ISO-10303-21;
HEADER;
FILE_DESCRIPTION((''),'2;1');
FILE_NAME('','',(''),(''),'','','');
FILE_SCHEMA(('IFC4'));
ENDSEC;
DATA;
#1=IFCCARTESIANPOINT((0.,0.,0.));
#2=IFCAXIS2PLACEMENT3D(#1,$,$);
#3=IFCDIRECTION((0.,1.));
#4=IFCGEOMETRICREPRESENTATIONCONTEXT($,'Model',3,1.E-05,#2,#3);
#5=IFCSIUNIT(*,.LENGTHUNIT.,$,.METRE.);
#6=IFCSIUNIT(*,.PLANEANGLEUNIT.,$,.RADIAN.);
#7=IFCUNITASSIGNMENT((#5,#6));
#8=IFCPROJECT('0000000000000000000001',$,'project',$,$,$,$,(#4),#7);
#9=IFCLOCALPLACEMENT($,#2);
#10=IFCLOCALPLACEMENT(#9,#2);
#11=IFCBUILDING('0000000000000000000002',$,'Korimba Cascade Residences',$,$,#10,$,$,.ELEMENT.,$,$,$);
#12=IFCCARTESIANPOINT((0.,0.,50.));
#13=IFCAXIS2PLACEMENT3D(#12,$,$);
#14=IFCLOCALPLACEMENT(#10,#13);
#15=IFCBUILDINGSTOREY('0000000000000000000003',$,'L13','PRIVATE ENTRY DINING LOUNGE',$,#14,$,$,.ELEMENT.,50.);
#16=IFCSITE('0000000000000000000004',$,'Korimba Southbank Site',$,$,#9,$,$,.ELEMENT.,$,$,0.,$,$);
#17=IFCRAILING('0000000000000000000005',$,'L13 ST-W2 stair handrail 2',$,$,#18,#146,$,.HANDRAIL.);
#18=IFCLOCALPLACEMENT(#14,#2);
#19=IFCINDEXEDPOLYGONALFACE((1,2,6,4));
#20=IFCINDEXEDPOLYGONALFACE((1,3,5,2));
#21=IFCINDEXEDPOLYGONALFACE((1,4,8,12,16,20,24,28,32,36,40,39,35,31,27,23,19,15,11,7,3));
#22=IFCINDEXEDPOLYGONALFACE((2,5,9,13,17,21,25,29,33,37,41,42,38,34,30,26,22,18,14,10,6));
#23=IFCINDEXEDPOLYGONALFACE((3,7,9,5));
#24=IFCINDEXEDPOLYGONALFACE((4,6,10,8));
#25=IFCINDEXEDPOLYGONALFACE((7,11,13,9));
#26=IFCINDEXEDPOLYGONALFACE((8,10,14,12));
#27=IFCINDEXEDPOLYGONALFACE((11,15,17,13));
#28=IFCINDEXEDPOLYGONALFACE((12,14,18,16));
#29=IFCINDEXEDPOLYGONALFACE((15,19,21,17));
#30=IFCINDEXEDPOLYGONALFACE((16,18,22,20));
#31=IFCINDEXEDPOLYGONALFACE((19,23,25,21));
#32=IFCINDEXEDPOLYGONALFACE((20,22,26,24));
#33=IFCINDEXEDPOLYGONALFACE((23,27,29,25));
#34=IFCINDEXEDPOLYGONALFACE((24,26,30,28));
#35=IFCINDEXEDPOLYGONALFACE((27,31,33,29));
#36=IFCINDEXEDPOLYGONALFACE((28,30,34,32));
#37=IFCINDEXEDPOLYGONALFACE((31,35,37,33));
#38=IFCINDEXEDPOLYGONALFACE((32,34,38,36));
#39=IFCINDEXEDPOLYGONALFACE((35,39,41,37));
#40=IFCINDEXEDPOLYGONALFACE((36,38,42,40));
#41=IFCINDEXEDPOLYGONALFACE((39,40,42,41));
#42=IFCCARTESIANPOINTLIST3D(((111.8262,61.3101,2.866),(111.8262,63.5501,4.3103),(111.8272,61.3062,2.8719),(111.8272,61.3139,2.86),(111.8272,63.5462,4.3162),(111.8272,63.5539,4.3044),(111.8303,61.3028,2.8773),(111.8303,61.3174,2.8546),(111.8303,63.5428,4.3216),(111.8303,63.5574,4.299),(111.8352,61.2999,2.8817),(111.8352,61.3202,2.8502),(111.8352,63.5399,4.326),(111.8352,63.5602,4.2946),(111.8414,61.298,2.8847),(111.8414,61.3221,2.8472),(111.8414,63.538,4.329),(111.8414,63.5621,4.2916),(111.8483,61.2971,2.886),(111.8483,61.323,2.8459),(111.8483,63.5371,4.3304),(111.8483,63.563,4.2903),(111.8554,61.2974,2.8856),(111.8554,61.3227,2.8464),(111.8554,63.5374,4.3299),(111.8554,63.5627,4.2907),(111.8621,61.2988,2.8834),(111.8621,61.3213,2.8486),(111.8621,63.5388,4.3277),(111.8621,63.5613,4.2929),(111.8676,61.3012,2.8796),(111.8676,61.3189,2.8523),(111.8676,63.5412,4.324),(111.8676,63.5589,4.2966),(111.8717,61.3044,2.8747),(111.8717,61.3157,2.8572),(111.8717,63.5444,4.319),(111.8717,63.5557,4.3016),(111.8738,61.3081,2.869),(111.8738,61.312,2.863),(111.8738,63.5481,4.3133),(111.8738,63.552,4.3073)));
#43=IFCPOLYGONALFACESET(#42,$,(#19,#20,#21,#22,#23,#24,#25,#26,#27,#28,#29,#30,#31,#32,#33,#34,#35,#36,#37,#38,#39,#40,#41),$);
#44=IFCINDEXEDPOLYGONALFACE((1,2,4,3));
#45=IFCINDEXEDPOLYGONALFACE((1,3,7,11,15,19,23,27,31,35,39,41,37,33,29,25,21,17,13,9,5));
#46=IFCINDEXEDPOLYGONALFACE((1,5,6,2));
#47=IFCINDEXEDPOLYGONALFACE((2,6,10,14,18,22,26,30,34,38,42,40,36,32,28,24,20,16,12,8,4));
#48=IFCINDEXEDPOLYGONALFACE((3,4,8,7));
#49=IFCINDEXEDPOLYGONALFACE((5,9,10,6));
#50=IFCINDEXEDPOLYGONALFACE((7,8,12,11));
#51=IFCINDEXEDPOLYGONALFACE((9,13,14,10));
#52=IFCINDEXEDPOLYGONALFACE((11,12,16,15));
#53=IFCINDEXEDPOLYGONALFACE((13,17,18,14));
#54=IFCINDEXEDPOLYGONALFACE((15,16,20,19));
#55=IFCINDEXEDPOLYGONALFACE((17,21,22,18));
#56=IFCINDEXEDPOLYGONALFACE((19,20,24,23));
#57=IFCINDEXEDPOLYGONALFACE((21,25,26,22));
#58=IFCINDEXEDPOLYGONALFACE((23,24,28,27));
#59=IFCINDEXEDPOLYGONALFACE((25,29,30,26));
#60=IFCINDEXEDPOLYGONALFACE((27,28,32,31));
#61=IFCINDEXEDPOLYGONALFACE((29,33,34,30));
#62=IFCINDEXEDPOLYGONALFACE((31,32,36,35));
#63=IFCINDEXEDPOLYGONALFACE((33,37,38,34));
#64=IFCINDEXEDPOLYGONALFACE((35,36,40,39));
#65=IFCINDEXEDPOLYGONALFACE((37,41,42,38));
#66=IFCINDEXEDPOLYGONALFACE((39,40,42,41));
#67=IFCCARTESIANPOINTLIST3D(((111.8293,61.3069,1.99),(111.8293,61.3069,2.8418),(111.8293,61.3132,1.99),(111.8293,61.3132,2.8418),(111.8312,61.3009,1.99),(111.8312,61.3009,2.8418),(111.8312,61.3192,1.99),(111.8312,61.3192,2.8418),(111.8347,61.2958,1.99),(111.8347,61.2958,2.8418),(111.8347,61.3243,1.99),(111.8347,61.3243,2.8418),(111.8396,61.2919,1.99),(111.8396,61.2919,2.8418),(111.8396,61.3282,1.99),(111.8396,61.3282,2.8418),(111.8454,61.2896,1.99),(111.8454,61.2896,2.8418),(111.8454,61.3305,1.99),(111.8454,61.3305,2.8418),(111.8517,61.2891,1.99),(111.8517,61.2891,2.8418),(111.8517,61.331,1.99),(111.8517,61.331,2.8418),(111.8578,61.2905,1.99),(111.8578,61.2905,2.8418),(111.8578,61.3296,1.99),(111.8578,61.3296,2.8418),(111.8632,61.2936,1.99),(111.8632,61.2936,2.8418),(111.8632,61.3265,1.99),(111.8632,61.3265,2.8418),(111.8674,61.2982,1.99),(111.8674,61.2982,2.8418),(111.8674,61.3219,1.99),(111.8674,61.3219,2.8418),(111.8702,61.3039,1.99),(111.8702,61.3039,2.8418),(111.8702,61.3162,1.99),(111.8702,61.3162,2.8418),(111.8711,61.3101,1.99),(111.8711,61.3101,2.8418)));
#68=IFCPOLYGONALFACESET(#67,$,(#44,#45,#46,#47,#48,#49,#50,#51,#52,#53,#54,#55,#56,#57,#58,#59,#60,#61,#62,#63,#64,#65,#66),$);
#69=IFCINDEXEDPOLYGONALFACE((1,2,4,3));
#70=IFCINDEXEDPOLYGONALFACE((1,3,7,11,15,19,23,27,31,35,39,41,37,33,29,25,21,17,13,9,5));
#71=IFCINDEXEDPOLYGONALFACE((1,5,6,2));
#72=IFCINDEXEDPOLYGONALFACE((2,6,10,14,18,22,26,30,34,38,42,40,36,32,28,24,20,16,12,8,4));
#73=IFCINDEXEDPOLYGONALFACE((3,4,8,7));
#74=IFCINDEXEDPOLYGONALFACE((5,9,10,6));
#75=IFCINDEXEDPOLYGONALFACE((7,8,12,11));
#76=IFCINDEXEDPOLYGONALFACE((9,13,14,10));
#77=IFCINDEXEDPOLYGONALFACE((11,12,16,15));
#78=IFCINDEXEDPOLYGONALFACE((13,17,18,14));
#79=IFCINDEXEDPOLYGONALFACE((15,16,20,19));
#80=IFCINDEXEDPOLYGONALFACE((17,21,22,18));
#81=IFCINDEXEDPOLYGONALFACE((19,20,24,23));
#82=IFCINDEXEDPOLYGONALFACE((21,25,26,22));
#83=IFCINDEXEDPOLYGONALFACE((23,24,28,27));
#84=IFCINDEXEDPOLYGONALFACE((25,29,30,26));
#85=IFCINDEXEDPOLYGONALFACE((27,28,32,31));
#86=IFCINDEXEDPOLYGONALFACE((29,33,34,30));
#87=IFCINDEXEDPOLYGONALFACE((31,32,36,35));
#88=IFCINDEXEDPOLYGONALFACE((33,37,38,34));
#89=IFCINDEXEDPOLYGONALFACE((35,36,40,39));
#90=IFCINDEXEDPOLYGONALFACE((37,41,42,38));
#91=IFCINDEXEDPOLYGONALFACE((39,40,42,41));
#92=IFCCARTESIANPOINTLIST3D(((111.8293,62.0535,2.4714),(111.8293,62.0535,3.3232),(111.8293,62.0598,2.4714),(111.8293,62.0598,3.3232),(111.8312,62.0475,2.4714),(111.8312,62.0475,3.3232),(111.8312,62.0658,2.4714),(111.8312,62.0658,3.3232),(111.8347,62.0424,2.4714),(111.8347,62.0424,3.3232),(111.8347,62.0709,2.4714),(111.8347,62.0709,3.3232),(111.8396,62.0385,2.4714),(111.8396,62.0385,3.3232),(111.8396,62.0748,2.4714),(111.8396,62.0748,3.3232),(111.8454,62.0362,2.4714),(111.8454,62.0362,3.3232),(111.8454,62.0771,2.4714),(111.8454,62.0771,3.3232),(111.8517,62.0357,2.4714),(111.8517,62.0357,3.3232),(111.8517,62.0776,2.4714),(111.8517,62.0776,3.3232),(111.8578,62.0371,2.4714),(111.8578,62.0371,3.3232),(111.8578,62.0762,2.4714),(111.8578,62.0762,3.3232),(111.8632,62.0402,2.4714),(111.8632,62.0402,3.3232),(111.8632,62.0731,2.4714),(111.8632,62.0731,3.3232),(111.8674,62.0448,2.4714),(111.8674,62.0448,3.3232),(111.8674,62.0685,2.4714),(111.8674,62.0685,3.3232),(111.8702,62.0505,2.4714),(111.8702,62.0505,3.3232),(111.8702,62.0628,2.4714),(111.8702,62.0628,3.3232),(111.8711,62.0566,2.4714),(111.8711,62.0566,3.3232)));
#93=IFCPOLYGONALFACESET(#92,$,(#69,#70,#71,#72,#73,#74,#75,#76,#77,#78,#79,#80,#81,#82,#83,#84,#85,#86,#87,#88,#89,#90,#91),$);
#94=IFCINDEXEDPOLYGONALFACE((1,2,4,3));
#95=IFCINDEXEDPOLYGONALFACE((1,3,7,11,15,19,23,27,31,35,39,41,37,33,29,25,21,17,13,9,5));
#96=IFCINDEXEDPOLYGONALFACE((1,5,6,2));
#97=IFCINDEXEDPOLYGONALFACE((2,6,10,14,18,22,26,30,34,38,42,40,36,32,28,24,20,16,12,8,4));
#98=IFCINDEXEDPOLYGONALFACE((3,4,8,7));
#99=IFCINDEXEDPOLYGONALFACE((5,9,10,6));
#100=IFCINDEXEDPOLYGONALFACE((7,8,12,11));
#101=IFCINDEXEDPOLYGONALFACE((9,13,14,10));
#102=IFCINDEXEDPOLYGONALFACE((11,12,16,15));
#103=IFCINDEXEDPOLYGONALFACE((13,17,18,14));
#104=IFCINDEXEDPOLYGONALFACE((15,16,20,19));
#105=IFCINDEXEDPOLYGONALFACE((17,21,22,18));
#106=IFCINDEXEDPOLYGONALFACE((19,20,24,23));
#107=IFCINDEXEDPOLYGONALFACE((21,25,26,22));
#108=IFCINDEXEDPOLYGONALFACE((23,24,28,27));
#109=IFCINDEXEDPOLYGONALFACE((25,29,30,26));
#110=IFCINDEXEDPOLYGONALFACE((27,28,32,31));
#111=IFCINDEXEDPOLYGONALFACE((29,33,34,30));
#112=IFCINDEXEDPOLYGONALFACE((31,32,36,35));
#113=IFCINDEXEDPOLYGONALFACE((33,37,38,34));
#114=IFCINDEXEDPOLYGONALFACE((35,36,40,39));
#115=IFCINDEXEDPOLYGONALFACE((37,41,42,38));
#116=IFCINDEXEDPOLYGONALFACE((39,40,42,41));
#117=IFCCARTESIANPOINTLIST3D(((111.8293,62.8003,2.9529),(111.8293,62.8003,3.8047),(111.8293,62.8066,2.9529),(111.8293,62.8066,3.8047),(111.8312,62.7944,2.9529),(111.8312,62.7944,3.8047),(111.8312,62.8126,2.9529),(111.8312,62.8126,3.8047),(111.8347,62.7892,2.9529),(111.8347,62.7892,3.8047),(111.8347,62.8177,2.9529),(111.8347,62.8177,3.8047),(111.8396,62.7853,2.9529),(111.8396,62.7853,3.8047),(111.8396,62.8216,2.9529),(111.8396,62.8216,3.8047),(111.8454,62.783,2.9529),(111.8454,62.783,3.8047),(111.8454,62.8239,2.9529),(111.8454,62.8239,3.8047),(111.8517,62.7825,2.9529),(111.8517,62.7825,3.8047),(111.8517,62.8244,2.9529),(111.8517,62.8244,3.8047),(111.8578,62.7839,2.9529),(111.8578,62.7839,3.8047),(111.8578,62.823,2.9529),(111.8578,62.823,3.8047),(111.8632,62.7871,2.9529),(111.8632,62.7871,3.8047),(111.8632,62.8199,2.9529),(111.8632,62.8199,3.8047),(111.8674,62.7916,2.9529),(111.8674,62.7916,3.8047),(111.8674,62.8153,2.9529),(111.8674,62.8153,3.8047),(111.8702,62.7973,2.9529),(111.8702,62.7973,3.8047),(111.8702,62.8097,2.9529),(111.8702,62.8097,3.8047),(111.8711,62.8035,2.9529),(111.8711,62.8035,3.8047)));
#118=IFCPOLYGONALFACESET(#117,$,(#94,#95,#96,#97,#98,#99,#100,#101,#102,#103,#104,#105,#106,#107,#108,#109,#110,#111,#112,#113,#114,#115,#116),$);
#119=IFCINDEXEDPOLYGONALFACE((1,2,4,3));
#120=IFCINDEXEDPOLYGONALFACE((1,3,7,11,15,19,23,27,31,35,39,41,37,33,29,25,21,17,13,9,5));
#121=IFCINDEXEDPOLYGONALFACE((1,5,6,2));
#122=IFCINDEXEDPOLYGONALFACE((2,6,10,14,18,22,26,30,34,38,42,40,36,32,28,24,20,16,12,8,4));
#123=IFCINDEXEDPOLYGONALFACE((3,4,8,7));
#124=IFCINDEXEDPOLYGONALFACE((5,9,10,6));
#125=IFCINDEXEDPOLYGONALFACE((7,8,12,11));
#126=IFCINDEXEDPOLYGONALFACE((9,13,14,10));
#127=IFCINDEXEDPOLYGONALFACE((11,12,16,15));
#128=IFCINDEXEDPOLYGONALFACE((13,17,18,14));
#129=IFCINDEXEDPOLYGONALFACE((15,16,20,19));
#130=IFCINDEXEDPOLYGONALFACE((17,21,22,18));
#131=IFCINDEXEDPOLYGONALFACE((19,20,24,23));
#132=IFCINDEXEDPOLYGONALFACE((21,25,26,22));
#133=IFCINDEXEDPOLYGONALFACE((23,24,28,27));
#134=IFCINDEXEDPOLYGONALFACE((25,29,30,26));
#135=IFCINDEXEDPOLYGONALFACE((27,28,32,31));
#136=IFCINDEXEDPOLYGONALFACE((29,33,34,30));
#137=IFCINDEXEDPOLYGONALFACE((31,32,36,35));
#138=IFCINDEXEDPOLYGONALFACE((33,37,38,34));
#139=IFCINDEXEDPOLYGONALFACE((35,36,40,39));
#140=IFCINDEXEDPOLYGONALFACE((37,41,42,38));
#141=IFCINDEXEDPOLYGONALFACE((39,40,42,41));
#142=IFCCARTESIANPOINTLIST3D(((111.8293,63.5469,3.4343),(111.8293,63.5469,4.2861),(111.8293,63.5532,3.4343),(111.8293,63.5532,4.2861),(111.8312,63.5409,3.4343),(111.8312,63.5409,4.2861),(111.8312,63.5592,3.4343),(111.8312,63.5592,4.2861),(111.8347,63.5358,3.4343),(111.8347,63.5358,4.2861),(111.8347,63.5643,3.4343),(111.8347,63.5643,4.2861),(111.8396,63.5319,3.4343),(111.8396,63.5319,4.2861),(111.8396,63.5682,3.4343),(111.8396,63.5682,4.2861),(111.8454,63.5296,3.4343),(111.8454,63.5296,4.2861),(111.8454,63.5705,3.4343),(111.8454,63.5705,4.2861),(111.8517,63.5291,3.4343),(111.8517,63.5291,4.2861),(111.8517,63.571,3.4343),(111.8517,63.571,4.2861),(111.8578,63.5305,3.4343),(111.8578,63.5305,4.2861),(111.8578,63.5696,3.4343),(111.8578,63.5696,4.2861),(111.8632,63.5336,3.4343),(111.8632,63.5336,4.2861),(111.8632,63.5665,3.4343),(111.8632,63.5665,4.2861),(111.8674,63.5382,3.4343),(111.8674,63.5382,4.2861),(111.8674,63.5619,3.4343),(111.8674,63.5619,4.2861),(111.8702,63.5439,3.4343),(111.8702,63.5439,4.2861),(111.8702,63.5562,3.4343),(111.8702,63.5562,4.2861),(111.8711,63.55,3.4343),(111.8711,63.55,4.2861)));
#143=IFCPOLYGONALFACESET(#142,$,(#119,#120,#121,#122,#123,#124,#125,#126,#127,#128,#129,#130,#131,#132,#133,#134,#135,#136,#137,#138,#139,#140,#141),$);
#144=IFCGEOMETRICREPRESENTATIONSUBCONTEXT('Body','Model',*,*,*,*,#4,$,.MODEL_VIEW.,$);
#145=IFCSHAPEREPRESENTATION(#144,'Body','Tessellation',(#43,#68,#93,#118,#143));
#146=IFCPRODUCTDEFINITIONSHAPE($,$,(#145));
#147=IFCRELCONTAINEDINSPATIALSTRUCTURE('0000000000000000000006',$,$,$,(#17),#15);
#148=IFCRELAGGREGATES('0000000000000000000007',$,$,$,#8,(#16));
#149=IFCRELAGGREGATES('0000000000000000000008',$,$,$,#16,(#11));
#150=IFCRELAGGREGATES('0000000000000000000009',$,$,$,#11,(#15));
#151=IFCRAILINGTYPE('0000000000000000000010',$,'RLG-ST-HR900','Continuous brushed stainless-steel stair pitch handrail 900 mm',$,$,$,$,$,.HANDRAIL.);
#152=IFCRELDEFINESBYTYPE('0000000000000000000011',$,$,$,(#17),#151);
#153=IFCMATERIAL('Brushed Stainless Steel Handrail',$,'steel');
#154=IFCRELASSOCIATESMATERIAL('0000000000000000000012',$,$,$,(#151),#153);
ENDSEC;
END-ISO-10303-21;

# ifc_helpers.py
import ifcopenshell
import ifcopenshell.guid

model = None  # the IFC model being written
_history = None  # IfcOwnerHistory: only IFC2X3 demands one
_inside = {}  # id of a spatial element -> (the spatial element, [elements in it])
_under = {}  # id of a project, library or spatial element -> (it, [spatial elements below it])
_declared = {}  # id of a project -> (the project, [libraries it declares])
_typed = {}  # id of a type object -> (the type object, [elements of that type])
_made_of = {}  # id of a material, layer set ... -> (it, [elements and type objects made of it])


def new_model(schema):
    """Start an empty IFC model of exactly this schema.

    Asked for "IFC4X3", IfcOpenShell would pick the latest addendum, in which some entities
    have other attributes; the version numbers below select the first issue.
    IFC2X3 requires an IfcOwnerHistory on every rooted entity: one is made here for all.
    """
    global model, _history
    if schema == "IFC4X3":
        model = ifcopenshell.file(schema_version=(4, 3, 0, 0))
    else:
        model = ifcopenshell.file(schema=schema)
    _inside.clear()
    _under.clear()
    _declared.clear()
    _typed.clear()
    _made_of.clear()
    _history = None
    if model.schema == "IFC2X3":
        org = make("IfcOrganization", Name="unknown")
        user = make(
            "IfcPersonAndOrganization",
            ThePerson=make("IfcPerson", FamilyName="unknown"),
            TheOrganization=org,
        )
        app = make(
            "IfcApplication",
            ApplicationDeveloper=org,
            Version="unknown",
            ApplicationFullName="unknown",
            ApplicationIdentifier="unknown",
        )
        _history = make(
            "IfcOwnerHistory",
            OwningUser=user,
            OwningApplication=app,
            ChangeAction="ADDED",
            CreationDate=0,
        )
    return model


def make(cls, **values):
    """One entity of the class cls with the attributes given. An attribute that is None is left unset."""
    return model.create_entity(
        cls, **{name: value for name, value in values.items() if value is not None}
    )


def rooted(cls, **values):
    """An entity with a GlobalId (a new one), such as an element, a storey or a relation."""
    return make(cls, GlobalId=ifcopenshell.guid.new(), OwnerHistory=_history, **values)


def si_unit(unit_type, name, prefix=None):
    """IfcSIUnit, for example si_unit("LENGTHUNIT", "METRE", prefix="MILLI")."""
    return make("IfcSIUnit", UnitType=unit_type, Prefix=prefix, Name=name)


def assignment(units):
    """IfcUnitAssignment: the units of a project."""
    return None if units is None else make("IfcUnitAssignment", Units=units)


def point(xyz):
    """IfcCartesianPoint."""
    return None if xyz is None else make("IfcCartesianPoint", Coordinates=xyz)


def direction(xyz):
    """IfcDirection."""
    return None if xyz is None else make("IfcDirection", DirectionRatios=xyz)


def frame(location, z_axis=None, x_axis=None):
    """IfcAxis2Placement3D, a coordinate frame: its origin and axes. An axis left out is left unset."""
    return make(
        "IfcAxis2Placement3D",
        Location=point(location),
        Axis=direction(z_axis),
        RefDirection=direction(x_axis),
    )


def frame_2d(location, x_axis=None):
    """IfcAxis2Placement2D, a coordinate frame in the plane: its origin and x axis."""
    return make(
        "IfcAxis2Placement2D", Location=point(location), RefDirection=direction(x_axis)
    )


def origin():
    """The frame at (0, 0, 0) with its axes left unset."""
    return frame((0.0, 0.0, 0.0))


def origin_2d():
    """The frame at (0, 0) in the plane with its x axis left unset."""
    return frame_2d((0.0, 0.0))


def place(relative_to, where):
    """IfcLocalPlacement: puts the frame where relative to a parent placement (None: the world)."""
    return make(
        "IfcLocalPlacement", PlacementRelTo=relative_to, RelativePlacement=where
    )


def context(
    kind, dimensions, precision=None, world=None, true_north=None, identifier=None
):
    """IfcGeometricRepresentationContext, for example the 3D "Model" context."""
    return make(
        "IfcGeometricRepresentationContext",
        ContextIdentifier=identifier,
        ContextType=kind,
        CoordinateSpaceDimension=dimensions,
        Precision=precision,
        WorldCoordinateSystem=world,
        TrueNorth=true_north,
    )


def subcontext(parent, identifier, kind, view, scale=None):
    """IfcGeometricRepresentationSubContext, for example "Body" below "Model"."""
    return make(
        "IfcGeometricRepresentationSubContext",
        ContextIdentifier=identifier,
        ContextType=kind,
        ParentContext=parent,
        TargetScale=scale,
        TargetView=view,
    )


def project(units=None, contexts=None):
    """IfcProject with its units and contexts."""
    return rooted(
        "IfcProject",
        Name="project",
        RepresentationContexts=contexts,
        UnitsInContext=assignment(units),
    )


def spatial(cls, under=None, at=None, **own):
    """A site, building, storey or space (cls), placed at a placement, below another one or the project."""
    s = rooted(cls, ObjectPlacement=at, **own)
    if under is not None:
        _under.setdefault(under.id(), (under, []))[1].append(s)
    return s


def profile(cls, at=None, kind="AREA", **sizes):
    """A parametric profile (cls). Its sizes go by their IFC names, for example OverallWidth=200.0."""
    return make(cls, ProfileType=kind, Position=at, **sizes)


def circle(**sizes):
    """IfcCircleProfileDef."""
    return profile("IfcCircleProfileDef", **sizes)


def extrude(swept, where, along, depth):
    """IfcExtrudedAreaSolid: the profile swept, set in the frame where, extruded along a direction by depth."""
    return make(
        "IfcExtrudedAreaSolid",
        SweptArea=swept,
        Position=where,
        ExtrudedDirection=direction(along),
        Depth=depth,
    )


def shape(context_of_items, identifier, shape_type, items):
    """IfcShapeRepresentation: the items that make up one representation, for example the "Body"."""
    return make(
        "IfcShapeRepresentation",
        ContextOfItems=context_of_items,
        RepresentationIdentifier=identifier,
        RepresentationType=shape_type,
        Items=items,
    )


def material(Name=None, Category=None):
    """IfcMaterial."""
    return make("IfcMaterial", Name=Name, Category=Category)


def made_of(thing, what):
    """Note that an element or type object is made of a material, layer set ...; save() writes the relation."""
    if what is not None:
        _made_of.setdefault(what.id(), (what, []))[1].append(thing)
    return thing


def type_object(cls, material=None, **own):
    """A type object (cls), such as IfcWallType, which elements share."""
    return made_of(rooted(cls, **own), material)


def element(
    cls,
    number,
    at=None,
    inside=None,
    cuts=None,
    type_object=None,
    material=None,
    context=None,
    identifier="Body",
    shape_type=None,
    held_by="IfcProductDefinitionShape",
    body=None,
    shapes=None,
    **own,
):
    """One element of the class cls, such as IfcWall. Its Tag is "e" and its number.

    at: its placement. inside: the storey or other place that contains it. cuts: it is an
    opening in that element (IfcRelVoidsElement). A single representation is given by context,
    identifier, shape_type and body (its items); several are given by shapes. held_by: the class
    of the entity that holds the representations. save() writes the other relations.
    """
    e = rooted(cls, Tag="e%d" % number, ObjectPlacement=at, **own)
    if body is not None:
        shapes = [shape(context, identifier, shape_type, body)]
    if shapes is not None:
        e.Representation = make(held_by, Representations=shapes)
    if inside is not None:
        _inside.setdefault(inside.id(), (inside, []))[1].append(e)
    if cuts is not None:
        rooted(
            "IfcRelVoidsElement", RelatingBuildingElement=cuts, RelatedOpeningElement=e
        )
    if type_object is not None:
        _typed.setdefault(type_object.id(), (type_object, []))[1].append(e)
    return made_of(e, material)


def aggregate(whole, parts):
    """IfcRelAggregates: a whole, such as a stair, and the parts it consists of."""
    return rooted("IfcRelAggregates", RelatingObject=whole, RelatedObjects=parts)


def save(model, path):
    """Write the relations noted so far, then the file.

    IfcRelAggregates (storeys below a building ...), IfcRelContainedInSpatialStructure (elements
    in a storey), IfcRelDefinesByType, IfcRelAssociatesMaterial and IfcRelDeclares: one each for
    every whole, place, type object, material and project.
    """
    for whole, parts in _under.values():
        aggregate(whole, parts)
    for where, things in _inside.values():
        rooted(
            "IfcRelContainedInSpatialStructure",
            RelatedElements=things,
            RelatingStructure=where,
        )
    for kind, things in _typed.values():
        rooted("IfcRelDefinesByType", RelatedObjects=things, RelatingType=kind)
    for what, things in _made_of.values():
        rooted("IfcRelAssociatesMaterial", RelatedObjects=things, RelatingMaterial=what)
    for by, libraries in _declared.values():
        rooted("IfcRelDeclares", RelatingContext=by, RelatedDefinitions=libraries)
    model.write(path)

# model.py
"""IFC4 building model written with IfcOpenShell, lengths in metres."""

from ifc_helpers import new_model, si_unit, direction, frame, origin, origin_2d, place, context, subcontext, project, spatial, circle, extrude, material, type_object, element, save


model = new_model("IFC4")

# Units and contexts
model_context = context("Model", 3, precision=1e-05, world=origin(), true_north=direction((0.0, 1.0)))
body_context = subcontext(model_context, "Body", "Model", "MODEL_VIEW")
ifc_project = project(units=[si_unit("LENGTHUNIT", "METRE"), si_unit("PLANEANGLEUNIT", "RADIAN")], contexts=[model_context])

# Site, building, storey
site_placement = place(None, origin())
site = spatial("IfcSite", under=ifc_project, at=site_placement, Name="Korimba Southbank Site", CompositionType="ELEMENT", RefElevation=0.0)
building_placement = place(site_placement, origin())
building = spatial("IfcBuilding", under=site, at=building_placement, Name="Korimba Cascade Residences", CompositionType="ELEMENT")
storey_placement = place(building_placement, frame((0.0, 0.0, 50.0)))
storey = spatial("IfcBuildingStorey", under=building, at=storey_placement, Name="L13", Description="PRIVATE ENTRY DINING LOUNGE", CompositionType="ELEMENT", Elevation=50.0)

# Railing
ifc_material_1 = material(Name="Brushed Stainless Steel Handrail", Category="steel")
railing_type_1 = type_object("IfcRailingType", Name="RLG-ST-HR900", Description="Continuous brushed stainless-steel stair pitch handrail 900 mm", PredefinedType="HANDRAIL", material=ifc_material_1)
railing_1_placement = place(storey_placement, frame((111.8501, 61.3101, 1.99)))
element("IfcRailing", 1, at=railing_1_placement, inside=storey, type_object=railing_type_1, Name="L13 ST-W2 stair handrail 2", PredefinedType="HANDRAIL", context=body_context, shape_type="SweptSolid", body=[
    extrude(circle(Radius=0.0239, at=origin_2d()), frame((0.0, 0.0, 0.876), z_axis=(0.0, 0.840437, 0.54191), x_axis=(-1.0, 0.0, 0.0)), (0.0, 0.0, 1.0), 2.6653),
    extrude(circle(Radius=0.021, at=origin_2d()), origin(), (0.0, 0.0, 1.0), 0.8518),
    extrude(circle(Radius=0.021, at=origin_2d()), frame((0.0, 0.7466, 0.4814)), (0.0, 0.0, 1.0), 0.8518),
    extrude(circle(Radius=0.021, at=origin_2d()), frame((0.0, 1.4934, 0.9629)), (0.0, 0.0, 1.0), 0.8518),
    extrude(circle(Radius=0.021, at=origin_2d()), frame((0.0, 2.24, 1.4443)), (0.0, 0.0, 1.0), 0.8518),
])

save(model, "model.ifc")
